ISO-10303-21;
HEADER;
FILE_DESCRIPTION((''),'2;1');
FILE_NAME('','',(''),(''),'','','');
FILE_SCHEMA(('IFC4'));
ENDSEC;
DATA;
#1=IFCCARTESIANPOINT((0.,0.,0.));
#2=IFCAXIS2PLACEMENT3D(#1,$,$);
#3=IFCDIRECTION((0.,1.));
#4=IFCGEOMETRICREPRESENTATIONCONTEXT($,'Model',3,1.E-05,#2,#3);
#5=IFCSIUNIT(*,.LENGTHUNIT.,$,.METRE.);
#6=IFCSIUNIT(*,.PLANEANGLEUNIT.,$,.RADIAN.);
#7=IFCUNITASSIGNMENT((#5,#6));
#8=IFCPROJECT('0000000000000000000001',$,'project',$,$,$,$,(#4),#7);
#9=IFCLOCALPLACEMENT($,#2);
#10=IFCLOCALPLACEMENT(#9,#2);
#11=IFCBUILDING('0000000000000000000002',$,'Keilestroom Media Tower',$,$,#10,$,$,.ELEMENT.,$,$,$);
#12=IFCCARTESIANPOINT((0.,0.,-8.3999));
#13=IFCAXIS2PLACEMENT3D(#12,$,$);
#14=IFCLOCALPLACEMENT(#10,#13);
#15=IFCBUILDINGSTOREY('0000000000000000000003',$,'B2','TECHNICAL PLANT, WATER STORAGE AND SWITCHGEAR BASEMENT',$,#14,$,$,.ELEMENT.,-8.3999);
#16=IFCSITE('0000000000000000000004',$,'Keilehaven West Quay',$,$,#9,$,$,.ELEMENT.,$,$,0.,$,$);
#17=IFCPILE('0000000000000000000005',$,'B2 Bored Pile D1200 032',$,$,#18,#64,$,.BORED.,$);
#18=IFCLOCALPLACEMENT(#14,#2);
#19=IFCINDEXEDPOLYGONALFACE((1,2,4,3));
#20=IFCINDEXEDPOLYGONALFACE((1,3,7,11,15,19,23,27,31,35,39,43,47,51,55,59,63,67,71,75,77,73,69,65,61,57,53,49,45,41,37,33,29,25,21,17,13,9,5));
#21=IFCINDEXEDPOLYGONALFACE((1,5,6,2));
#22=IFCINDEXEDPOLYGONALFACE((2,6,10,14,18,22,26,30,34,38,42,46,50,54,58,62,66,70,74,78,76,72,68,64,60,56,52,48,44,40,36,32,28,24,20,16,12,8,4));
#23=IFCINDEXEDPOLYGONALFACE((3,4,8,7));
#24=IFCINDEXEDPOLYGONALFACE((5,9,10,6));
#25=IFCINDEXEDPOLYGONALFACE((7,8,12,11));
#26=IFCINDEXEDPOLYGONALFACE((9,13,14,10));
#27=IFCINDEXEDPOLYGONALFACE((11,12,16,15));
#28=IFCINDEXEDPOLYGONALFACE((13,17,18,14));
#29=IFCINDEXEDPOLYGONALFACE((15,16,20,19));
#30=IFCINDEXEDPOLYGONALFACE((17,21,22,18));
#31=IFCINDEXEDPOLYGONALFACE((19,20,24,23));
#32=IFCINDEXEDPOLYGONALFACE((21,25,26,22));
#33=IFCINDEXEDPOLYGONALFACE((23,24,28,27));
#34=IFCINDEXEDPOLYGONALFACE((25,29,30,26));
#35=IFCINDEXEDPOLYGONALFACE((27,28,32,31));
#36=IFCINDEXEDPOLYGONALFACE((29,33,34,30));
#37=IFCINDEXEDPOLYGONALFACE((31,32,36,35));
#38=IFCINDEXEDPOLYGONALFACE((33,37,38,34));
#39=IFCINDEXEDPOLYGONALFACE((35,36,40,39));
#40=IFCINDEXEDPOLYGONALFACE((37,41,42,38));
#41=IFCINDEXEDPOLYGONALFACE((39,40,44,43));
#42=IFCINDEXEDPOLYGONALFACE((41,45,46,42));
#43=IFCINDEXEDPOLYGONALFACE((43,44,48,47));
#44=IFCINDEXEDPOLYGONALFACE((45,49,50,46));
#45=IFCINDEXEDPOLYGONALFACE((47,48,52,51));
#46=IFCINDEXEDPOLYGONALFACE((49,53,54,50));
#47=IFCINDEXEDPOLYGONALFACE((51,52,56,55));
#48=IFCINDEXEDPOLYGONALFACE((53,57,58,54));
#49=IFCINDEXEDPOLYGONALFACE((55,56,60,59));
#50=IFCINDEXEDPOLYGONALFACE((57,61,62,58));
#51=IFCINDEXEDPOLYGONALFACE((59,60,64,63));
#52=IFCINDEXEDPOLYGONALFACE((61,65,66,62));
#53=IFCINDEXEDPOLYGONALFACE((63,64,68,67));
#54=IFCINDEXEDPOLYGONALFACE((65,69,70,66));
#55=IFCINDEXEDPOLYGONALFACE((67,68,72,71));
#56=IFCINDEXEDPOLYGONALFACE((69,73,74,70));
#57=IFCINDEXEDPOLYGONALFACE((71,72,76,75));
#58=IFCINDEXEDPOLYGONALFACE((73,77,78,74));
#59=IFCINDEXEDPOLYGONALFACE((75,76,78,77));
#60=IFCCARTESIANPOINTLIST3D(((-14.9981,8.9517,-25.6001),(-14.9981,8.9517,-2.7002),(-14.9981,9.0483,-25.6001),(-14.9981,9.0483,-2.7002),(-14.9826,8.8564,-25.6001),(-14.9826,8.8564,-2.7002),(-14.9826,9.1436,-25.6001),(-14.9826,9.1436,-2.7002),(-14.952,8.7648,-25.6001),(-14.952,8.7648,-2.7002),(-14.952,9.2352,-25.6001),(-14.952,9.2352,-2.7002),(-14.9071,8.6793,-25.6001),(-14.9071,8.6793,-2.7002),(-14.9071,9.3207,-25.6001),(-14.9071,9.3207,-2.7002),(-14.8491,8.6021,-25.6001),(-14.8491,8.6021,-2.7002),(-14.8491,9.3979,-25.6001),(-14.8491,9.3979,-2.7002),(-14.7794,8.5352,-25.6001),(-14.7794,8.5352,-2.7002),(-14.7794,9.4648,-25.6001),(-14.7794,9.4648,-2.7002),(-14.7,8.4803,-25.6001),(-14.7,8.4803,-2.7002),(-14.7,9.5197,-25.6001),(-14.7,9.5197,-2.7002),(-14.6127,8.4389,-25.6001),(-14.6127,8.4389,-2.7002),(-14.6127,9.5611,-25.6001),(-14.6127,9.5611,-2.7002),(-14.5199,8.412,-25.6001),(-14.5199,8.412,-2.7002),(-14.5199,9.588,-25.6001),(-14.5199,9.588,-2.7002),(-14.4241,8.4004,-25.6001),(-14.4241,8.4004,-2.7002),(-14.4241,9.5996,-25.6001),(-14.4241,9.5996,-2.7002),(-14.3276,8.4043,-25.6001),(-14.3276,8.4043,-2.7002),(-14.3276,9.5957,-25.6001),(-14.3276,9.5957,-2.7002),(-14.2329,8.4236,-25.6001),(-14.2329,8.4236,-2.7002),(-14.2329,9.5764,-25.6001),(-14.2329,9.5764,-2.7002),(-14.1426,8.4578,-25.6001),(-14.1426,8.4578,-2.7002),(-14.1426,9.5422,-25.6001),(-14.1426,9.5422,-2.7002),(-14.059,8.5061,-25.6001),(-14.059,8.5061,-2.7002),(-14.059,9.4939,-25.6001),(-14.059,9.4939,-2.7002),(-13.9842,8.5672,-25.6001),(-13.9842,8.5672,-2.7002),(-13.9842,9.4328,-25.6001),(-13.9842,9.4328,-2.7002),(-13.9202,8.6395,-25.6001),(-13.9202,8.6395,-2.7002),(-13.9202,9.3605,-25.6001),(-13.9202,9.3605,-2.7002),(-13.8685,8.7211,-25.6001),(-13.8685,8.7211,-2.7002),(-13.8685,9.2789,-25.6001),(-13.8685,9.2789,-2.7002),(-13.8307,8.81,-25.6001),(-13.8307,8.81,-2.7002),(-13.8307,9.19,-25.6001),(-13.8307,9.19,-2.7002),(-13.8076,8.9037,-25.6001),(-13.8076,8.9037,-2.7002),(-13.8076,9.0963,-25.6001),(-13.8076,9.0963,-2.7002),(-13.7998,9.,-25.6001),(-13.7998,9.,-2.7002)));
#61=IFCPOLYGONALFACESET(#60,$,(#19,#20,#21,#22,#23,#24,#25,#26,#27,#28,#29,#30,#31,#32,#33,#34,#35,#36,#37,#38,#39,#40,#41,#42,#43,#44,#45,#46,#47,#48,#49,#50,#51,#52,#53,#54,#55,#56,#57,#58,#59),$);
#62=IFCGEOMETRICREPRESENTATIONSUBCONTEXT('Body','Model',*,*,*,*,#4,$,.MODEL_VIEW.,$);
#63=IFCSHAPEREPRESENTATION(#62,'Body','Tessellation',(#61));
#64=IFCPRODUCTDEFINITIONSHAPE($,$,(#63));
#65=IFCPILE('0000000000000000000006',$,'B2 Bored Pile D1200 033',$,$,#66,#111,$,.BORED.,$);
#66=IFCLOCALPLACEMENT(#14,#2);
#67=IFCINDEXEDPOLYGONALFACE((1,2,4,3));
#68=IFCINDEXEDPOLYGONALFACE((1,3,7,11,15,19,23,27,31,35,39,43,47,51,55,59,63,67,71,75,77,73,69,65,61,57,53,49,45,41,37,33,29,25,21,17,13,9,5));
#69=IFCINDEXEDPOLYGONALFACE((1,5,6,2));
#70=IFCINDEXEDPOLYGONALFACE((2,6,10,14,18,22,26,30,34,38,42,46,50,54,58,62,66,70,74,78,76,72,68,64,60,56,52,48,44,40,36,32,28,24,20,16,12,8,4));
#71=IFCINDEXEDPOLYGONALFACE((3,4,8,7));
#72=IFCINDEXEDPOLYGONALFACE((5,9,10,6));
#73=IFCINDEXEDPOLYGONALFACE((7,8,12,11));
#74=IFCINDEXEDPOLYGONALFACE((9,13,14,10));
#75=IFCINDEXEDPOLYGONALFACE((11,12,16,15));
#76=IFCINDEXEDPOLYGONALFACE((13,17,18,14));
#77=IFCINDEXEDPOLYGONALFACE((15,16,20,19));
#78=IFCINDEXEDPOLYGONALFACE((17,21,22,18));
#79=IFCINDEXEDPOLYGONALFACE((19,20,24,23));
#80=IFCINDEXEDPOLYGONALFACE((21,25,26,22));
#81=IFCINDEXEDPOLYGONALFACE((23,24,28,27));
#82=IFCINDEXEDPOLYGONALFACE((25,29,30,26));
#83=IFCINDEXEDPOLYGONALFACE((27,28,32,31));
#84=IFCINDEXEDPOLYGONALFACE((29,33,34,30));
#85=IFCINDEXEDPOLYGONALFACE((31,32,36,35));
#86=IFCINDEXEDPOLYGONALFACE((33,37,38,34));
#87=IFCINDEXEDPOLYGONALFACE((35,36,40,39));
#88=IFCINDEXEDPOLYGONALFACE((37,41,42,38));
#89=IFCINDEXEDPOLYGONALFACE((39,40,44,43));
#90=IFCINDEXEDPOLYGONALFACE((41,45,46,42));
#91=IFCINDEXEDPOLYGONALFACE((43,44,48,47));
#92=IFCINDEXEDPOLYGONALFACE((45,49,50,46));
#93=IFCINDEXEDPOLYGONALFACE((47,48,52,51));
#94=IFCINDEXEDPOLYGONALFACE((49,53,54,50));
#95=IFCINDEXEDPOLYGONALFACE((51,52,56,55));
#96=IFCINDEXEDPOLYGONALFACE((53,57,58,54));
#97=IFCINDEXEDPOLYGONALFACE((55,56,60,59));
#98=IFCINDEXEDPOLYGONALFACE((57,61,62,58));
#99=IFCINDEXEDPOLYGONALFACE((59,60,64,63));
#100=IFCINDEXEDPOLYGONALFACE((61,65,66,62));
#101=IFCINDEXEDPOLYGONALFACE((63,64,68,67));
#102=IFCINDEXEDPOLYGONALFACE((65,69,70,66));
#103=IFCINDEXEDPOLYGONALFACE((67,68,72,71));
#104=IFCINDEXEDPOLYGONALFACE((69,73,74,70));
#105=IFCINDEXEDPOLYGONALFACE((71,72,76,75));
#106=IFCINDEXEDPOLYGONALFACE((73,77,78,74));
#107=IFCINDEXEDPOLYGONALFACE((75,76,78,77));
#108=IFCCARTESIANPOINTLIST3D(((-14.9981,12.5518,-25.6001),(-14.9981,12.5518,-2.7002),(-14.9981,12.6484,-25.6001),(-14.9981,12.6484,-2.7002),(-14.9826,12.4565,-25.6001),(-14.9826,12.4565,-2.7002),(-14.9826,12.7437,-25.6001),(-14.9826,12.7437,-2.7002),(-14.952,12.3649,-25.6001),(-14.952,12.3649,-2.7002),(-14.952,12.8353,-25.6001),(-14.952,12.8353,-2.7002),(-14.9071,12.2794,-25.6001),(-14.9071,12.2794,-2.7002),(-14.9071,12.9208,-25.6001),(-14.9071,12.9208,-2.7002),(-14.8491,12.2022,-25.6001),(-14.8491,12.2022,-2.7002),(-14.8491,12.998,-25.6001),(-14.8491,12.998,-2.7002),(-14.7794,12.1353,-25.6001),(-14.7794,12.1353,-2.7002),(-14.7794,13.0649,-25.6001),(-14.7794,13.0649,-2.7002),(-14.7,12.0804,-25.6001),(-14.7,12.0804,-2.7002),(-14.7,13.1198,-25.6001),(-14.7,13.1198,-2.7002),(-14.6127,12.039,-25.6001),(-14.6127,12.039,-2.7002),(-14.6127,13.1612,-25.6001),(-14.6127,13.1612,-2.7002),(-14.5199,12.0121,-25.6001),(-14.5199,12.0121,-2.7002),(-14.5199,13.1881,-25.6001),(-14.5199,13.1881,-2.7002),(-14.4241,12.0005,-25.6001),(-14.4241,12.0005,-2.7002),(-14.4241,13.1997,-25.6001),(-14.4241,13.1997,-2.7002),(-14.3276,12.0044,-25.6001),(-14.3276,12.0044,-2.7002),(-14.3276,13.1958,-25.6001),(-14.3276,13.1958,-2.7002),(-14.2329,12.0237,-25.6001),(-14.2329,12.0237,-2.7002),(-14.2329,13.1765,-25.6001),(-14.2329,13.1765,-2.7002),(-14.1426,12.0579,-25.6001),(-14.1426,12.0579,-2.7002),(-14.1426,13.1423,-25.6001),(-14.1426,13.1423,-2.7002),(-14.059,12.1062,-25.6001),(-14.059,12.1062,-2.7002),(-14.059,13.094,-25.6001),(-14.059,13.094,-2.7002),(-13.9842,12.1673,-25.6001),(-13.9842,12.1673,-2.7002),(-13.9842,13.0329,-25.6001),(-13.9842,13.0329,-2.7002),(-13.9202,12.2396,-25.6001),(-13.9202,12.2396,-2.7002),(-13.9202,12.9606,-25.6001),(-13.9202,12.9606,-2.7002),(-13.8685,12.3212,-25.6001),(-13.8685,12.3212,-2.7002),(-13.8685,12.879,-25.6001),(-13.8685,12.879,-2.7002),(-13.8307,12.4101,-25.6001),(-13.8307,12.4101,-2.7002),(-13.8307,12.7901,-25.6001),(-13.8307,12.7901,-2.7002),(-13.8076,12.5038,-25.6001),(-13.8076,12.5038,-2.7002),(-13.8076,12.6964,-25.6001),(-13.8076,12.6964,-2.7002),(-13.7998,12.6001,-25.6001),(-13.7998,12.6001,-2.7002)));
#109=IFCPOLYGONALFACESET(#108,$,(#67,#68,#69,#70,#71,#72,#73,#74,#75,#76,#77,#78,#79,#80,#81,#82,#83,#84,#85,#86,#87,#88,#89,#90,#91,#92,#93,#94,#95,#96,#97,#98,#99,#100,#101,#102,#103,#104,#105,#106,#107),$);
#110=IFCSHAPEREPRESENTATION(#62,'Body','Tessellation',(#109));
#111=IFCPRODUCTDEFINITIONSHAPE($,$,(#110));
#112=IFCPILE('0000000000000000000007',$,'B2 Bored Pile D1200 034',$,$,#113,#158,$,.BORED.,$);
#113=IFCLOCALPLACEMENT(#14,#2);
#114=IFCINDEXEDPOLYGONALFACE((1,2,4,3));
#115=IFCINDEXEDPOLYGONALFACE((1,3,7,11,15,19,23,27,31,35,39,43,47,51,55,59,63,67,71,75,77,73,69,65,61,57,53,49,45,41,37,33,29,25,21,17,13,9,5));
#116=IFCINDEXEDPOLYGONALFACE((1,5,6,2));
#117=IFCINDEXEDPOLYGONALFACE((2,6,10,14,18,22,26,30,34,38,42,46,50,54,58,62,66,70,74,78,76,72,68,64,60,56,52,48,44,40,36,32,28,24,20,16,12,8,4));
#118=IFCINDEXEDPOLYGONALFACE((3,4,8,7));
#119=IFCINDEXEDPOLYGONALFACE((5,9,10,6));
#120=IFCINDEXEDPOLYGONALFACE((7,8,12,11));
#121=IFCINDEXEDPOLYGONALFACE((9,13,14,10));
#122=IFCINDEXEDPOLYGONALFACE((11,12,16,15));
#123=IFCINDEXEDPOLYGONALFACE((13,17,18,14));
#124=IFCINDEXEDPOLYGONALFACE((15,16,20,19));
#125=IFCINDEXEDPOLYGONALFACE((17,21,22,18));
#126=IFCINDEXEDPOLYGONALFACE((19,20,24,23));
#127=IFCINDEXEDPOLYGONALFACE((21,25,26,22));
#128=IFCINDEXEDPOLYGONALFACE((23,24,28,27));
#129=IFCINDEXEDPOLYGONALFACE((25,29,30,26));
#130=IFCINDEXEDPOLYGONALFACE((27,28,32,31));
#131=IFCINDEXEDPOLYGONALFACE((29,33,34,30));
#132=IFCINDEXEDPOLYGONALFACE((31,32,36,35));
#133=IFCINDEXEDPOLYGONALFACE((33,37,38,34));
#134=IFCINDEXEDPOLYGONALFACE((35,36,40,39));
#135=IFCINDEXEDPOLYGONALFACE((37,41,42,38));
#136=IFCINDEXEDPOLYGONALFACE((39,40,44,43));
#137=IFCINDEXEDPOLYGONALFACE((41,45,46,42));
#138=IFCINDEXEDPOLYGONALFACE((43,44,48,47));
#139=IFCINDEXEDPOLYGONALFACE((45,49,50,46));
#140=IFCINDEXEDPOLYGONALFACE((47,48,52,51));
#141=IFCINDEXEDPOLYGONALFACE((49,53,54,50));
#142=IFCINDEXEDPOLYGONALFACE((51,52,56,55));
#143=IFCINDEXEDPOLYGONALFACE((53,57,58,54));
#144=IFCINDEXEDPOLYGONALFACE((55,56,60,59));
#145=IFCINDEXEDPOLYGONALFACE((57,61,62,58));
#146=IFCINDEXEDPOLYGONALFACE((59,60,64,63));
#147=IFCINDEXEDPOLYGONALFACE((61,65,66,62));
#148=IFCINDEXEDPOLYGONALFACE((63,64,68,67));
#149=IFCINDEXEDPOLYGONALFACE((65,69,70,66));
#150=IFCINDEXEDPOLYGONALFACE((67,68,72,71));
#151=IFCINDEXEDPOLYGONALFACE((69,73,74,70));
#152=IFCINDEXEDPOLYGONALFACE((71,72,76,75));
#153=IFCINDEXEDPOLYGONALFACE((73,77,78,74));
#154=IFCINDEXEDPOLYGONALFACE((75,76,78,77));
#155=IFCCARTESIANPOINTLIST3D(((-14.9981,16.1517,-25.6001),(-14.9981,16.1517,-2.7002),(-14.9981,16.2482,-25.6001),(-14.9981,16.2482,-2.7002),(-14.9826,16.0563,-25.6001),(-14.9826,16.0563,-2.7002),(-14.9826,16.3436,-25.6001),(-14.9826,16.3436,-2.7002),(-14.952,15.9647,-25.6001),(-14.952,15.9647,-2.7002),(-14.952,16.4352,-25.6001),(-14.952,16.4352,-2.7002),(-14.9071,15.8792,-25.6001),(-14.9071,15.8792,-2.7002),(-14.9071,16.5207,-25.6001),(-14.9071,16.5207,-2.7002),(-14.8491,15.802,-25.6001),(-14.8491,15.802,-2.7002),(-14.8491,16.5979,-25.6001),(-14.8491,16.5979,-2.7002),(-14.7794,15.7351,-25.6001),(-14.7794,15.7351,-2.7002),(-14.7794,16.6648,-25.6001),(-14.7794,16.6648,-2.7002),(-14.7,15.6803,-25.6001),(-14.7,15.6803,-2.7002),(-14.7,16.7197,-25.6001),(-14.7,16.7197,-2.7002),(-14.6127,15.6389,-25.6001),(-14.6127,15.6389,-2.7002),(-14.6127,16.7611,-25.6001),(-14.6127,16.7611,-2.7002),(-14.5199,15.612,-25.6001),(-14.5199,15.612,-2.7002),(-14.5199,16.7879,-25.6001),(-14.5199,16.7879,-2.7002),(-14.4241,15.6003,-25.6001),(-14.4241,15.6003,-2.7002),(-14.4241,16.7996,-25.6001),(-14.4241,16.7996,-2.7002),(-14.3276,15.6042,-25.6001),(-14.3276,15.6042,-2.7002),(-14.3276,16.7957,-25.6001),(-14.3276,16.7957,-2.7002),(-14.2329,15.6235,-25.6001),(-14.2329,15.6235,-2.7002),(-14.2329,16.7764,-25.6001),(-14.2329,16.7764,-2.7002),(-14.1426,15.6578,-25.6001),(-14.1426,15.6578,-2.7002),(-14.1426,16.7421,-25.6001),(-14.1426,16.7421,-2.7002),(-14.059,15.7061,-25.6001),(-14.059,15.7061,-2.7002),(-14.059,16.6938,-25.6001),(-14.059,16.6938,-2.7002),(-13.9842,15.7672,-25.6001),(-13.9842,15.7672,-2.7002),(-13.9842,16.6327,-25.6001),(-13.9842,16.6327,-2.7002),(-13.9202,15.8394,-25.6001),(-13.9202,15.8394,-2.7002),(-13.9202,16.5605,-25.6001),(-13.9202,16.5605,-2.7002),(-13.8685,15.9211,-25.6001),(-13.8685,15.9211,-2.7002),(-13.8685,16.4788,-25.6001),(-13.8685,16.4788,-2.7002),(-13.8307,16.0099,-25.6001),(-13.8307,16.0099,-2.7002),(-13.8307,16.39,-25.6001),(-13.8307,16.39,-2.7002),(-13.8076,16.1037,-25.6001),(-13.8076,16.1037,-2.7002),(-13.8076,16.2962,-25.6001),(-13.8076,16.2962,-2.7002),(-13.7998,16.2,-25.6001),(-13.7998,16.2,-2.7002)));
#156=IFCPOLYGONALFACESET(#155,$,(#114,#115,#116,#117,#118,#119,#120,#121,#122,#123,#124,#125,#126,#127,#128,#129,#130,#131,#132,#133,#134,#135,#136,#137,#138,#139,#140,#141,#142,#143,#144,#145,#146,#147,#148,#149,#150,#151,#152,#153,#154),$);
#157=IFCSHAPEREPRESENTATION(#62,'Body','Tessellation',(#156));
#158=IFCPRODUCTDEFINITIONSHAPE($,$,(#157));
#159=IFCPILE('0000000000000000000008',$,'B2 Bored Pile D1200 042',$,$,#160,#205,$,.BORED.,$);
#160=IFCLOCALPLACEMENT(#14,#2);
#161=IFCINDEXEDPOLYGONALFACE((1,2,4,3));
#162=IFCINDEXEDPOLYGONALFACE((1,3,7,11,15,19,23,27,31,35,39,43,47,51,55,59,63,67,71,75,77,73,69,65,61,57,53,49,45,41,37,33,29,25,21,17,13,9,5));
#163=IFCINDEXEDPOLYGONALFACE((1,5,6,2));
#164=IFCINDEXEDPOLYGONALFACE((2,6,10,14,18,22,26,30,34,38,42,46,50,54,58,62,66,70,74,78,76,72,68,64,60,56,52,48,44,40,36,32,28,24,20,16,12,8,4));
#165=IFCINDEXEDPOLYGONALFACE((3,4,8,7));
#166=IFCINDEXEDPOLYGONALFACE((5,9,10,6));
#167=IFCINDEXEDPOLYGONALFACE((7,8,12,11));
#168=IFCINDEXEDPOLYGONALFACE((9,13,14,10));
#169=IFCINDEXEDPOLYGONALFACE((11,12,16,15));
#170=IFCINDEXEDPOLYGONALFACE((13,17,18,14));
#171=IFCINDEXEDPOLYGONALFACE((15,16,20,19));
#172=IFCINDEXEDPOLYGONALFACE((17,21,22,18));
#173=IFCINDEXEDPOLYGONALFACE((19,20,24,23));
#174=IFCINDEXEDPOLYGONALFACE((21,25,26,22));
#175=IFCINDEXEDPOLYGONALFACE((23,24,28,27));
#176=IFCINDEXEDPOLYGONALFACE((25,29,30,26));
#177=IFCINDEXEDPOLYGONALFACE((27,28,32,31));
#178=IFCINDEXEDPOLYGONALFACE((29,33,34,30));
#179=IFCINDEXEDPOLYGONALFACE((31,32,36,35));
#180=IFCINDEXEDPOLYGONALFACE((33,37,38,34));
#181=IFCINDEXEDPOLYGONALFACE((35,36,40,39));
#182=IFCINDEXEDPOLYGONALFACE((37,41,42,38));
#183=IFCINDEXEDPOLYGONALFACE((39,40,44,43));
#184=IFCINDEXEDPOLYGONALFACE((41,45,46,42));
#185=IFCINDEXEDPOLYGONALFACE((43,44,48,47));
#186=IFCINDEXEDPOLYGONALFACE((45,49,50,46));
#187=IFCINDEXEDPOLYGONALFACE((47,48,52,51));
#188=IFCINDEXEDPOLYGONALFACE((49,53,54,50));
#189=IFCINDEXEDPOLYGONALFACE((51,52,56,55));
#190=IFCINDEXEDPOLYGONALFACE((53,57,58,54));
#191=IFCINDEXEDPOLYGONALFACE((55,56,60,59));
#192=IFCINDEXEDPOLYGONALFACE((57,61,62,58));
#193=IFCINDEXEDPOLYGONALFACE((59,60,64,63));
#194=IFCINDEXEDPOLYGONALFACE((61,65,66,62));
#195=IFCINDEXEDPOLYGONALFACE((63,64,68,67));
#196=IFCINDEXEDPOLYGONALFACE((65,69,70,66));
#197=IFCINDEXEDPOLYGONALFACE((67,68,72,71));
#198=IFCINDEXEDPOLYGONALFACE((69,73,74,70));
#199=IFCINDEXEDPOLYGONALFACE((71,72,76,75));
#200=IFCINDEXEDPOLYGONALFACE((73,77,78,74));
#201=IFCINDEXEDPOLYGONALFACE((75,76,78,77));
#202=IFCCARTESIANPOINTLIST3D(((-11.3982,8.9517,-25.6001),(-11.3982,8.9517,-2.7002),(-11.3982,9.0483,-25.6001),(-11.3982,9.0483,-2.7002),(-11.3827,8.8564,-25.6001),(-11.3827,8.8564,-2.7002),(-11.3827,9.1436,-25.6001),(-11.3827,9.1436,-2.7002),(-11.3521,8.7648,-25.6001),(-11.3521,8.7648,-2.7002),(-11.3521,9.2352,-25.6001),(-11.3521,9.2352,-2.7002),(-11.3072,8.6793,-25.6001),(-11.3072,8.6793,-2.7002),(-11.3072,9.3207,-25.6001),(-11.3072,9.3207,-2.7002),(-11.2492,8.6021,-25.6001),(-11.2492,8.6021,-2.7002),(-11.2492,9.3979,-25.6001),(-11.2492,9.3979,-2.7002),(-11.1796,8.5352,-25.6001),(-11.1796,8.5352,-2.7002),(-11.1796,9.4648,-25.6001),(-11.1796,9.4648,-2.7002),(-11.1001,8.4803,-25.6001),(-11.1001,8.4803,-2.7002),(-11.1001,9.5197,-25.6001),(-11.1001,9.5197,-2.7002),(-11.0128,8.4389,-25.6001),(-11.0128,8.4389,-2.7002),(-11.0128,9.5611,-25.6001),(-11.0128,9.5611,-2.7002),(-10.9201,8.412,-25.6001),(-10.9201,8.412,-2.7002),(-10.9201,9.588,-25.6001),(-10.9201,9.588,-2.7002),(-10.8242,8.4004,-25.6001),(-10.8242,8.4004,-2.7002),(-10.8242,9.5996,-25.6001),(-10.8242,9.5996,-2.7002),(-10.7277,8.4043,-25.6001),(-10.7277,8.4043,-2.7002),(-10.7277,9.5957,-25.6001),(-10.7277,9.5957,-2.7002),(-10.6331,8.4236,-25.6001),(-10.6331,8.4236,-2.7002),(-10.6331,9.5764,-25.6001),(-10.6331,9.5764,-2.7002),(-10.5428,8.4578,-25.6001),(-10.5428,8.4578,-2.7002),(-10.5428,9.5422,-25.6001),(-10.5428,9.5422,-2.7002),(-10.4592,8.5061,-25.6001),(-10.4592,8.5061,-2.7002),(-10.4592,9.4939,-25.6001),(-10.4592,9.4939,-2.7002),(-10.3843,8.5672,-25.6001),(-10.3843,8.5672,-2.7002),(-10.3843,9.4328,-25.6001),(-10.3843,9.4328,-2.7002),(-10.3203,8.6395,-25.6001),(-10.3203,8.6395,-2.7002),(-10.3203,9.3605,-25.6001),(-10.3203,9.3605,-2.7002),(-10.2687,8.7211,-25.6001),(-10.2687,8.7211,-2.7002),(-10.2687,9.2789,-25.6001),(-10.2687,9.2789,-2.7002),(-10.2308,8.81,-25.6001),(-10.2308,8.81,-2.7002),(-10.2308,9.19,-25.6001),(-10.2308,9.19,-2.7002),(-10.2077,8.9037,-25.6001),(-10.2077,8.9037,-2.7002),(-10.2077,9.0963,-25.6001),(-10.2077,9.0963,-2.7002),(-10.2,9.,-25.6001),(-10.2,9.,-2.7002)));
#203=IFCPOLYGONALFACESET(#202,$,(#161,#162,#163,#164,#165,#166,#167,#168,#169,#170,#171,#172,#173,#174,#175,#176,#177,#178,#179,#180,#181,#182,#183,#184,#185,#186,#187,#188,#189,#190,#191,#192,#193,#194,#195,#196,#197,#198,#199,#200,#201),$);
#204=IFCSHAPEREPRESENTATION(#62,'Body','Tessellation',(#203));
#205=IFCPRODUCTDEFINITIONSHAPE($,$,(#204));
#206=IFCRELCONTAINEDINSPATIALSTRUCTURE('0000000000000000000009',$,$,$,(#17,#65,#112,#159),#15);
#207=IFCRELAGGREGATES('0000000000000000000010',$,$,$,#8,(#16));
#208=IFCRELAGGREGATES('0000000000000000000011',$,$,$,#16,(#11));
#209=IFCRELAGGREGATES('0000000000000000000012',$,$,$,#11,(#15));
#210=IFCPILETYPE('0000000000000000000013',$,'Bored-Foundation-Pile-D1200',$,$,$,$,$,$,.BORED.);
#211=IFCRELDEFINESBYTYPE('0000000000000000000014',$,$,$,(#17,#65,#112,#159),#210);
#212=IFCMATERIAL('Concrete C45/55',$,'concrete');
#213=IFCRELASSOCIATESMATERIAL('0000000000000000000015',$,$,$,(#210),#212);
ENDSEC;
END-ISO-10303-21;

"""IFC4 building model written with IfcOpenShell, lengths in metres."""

from ifc_helpers import new_model, si_unit, direction, frame, origin, origin_2d, place, context, subcontext, project, spatial, circle, extrude, source, transform, mapped, material, material_profile, profile_set, type_object, element, save


model = new_model("IFC4")

# Units and contexts
model_context = context("Model", 3, precision=1e-05, world=origin(), true_north=direction((0.0, 1.0)))
body_context = subcontext(model_context, "Body", "Model", "MODEL_VIEW")
ifc_project = project(units=[si_unit("LENGTHUNIT", "METRE"), si_unit("PLANEANGLEUNIT", "RADIAN")], contexts=[model_context])

# Site, building, storey
site_placement = place(None, origin())
site = spatial("IfcSite", under=ifc_project, at=site_placement, Name="Keilehaven West Quay", CompositionType="ELEMENT", RefElevation=0.0)
building_placement = place(site_placement, origin())
building = spatial("IfcBuilding", under=site, at=building_placement, Name="Keilestroom Media Tower", CompositionType="ELEMENT")
storey_placement = place(building_placement, frame((0.0, 0.0, -8.3999)))
storey = spatial("IfcBuildingStorey", under=building, at=storey_placement, Name="B2", Description="TECHNICAL PLANT, WATER STORAGE AND SWITCHGEAR BASEMENT", CompositionType="ELEMENT", Elevation=-8.3999)

# Piles
ifc_material_1 = material(Name="Concrete C45/55", Category="concrete")
ifc_material_profile_1 = material_profile(ifc_material_1, circle(Radius=0.6001, at=origin_2d()), Name="BORED PILE D1200")
ifc_profile_set_1 = profile_set([ifc_material_profile_1], Name="Concrete C45/55")
pile_type_1 = type_object("IfcPileType", Name="Bored-Foundation-Pile-D1200", PredefinedType="BORED", material=ifc_profile_set_1)
shared_shape_1 = source(origin(), body_context, "Body", "SweptSolid", [
    extrude(circle(Radius=0.6001, at=origin_2d()), origin(), (0.0, 0.0, 1.0), 22.8999),
])
for number, where, z_axis, x_axis, name in (
    (1, (-14.3999, 9.0, -2.7002), (0.0, 0.0, -1.0), (1.0, 0.0, 0.0), "B2 Bored Pile D1200 032"),
    (2, (-14.3999, 12.6001, -2.7002), (0.0, 0.0, -1.0), (1.0, 0.0, 0.0), "B2 Bored Pile D1200 033"),
    (3, (-14.3999, 16.2, -2.7002), (0.0, 0.0, -1.0), (1.0, 0.0, 0.0), "B2 Bored Pile D1200 034"),
    (4, (-10.8, 9.0, -2.7002), (0.0, 0.0, -1.0), (1.0, 0.0, 0.0), "B2 Bored Pile D1200 042"),
):
    element("IfcPile", number, at=place(storey_placement, frame(where, z_axis=z_axis, x_axis=x_axis)), inside=storey, type_object=pile_type_1, Name=name, PredefinedType="BORED", context=body_context, shape_type="MappedRepresentation", body=[
        mapped(shared_shape_1, transform((0.0, 0.0, 0.0), x_axis=(1.0, 0.0, 0.0), y_axis=(0.0, 1.0, 0.0), z_axis=(0.0, 0.0, 1.0), scale=1.0)),
    ])

save(model, "model.ifc")
